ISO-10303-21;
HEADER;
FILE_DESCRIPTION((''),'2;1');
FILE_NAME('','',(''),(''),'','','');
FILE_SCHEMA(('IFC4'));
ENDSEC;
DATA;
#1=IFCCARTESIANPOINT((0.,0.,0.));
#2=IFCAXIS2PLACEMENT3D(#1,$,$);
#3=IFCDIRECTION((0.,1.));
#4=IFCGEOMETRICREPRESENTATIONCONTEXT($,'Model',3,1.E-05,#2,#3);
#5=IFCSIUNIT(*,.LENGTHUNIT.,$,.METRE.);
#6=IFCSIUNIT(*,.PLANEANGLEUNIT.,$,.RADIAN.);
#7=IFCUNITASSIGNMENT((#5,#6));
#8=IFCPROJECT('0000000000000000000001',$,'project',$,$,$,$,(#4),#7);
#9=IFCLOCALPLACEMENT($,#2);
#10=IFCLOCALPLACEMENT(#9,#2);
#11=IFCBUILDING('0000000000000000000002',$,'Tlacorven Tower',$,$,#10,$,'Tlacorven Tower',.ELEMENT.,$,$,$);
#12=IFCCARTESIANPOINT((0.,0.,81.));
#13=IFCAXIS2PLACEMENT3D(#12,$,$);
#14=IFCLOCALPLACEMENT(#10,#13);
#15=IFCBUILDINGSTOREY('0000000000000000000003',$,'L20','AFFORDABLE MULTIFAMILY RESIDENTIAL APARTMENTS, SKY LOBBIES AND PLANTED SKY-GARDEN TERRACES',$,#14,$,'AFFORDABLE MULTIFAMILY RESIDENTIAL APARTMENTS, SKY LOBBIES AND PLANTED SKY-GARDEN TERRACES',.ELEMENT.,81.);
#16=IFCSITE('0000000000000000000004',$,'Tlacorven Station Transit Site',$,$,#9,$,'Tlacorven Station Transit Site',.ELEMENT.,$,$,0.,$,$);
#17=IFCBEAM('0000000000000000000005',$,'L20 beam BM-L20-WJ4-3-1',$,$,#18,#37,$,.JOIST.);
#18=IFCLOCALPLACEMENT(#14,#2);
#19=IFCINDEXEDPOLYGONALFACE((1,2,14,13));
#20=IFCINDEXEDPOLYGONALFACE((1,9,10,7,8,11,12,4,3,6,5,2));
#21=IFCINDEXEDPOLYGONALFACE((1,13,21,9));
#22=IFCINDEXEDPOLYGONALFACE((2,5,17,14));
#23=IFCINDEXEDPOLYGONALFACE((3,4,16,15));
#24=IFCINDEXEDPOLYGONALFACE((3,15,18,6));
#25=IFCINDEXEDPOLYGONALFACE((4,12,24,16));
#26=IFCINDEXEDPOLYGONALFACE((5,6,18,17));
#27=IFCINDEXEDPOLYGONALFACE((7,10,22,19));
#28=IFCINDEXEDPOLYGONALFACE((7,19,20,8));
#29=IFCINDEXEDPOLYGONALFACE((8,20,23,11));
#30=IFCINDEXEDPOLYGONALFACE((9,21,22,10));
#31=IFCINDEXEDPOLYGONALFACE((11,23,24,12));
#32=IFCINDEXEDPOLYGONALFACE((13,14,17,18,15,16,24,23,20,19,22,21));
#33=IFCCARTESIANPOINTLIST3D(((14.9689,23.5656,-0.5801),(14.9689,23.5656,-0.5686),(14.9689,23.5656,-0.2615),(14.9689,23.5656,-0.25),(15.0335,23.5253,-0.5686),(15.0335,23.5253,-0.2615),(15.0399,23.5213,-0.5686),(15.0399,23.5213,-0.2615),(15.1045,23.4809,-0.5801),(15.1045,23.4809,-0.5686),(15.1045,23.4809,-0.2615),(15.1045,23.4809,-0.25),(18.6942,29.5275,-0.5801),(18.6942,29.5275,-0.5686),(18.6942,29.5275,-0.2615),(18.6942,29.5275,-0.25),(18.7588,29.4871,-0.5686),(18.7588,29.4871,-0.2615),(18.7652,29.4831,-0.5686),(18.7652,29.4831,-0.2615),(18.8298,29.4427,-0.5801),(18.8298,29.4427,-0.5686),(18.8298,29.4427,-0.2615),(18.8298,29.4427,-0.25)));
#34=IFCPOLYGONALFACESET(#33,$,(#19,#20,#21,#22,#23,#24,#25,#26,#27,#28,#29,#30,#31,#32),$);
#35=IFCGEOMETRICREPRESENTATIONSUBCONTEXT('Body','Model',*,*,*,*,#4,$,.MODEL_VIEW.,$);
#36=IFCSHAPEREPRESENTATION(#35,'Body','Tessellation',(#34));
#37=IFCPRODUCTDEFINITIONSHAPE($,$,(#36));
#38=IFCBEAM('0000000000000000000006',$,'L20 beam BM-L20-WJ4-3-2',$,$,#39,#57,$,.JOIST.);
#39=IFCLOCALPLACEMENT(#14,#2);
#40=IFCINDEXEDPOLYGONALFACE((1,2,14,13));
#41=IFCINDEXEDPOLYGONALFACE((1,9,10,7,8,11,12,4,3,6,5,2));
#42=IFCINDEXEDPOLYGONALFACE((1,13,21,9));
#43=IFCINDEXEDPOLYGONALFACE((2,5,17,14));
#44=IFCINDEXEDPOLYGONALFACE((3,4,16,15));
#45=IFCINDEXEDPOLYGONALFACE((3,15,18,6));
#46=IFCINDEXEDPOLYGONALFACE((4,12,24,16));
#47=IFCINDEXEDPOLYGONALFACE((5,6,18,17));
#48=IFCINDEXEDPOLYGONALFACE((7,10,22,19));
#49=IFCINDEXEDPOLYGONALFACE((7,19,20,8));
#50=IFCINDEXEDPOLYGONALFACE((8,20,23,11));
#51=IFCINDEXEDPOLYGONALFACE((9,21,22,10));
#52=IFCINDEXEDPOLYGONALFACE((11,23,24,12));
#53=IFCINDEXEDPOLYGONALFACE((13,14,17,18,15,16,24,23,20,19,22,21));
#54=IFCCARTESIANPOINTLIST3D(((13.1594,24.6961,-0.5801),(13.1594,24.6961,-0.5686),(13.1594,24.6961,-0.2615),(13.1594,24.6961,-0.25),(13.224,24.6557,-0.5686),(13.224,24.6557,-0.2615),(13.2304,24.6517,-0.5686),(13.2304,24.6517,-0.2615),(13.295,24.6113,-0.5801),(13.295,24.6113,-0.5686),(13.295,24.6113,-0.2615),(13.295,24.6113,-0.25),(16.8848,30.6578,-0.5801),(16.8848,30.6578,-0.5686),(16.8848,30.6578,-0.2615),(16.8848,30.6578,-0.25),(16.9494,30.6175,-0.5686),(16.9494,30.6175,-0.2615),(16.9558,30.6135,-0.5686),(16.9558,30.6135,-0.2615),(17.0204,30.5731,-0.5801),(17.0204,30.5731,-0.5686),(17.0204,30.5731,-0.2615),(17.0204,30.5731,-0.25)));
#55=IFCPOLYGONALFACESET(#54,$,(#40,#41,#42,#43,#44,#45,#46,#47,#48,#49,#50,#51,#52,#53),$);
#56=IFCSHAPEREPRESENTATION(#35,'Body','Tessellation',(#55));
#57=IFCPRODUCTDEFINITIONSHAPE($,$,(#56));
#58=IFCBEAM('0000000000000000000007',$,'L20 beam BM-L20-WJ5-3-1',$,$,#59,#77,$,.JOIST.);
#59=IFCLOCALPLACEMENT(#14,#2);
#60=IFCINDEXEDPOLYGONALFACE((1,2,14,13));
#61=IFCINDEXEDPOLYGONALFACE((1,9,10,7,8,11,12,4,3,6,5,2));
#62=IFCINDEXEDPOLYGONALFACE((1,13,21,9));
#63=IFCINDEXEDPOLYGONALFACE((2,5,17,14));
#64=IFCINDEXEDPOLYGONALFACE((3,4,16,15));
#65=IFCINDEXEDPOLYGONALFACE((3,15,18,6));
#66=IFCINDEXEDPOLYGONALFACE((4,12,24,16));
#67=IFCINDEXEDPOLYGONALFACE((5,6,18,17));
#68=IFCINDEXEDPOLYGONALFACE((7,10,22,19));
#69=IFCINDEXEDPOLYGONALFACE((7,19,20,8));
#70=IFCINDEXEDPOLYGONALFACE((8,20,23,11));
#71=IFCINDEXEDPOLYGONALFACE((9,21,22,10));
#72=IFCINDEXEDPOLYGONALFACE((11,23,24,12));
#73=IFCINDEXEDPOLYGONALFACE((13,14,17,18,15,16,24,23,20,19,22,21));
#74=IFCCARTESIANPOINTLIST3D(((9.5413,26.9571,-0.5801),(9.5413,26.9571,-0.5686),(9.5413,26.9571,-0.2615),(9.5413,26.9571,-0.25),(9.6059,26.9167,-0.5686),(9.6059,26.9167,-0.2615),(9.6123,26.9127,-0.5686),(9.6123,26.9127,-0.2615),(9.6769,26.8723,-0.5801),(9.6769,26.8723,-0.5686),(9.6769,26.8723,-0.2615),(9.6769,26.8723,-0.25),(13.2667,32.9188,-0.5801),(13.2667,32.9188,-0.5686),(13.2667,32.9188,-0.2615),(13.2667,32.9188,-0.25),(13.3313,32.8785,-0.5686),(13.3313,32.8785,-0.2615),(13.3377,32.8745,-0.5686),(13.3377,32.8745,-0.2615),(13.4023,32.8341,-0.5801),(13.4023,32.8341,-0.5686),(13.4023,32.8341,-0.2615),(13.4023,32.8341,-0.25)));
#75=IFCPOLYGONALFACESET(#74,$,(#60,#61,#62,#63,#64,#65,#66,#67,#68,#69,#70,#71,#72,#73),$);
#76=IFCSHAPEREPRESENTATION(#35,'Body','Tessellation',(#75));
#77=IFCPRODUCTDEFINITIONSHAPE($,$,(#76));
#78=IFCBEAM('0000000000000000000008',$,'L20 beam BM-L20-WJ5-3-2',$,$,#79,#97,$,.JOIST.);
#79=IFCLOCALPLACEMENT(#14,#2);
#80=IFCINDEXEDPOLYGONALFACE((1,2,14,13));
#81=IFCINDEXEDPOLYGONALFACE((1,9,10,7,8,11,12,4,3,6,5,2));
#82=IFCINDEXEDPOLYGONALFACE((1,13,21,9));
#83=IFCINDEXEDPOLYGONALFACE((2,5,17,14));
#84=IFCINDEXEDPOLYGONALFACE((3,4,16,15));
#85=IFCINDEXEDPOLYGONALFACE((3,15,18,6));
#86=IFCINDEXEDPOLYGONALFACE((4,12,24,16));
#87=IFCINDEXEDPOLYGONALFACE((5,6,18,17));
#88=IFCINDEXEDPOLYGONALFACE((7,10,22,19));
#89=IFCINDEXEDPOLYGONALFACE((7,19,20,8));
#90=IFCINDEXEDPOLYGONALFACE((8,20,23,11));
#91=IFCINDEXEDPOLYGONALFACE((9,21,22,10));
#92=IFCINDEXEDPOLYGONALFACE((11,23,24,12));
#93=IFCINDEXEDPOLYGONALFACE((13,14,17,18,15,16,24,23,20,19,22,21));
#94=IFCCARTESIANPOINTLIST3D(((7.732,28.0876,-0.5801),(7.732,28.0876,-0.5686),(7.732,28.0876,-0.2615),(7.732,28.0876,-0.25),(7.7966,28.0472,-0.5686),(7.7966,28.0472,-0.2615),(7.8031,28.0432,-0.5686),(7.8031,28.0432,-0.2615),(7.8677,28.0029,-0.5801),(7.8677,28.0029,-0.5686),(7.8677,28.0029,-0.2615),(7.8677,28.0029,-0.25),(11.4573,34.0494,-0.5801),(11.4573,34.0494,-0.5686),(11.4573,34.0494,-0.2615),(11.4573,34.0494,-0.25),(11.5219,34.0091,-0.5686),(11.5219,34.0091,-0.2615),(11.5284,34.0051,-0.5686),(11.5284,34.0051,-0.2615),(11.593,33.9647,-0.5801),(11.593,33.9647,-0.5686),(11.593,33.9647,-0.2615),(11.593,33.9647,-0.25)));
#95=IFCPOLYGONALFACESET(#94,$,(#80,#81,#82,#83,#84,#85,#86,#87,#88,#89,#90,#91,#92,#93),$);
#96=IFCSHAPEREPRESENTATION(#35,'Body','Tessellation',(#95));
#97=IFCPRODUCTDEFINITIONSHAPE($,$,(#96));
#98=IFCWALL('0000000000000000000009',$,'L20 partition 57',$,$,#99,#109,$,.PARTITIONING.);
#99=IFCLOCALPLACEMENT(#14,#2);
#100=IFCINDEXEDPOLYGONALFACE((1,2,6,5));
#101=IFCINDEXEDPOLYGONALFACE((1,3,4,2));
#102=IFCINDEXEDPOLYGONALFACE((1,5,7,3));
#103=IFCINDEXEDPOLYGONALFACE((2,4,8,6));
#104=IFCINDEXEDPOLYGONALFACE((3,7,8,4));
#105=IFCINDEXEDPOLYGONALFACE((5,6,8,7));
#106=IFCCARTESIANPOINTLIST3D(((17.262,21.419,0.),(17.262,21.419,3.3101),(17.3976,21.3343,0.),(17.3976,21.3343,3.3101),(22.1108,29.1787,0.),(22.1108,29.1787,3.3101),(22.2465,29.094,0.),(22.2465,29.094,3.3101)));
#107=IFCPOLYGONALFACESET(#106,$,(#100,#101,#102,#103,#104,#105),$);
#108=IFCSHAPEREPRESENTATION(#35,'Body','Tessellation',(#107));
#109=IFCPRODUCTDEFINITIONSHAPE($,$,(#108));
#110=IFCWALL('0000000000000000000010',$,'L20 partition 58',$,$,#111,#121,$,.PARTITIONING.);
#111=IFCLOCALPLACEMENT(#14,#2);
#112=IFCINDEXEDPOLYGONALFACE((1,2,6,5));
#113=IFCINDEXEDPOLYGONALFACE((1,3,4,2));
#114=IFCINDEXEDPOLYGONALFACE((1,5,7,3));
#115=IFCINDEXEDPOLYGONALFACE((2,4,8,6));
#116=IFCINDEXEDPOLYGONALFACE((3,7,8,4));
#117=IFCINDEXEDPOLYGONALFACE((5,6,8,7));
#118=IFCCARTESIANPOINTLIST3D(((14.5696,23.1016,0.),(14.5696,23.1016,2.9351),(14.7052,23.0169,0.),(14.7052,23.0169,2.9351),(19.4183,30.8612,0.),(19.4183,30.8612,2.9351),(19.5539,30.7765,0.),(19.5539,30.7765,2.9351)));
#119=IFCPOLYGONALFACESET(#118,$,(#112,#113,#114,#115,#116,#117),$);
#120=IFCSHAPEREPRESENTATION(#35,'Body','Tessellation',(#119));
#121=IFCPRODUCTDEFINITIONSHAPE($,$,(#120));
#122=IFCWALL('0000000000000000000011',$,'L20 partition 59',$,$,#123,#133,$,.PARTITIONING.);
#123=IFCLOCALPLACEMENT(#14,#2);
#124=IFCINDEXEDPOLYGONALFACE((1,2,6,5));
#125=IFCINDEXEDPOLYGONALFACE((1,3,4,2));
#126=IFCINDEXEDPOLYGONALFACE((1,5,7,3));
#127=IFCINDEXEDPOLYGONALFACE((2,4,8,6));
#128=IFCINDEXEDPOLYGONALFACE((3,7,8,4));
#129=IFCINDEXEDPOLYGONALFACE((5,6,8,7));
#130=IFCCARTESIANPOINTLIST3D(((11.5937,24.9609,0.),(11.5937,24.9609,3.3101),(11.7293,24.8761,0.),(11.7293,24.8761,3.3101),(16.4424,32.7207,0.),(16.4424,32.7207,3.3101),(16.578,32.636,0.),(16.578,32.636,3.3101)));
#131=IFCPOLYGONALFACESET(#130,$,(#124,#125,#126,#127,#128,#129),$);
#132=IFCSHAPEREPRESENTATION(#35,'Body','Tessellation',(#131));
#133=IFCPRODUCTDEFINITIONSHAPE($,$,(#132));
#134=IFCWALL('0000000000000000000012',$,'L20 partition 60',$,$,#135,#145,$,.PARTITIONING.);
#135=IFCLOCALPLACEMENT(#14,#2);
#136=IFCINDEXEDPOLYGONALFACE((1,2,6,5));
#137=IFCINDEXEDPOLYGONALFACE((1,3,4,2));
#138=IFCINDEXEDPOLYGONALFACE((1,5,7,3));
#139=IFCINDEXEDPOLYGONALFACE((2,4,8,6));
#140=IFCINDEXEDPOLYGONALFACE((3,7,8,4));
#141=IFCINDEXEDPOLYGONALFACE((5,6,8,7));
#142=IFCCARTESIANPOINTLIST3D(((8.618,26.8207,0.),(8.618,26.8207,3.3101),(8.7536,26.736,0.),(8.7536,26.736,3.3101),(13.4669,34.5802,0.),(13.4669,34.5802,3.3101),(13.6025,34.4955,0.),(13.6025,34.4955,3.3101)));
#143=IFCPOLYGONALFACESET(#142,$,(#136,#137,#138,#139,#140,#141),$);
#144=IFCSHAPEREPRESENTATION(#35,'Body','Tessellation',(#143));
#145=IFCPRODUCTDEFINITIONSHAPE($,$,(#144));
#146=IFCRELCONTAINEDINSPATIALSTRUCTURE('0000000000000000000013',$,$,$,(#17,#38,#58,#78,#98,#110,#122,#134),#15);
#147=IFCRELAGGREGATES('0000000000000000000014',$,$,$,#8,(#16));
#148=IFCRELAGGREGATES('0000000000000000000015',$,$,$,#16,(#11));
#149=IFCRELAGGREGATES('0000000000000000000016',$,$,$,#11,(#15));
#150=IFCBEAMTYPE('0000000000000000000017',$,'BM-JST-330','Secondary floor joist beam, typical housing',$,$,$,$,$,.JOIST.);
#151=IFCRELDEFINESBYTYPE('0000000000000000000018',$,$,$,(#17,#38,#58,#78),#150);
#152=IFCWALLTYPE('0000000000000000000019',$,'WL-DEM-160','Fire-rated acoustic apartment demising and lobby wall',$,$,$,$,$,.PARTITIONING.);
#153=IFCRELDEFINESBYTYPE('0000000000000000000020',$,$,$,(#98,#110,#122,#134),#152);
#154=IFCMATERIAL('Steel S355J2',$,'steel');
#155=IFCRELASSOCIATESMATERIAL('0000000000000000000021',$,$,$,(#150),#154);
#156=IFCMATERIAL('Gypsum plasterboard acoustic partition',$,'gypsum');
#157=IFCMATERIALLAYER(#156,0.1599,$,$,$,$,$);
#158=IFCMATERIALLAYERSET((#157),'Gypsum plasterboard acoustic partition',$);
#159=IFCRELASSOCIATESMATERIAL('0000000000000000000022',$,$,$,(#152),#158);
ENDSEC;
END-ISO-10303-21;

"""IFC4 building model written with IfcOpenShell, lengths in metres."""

from ifc_helpers import new_model, si_unit, direction, frame, frame_2d, origin, origin_2d, place, context, subcontext, project, spatial, rectangle, i_section, extrude, source, transform, mapped, material, layer, layer_set, material_profile, profile_set, type_object, element, save


model = new_model("IFC4")

# Units and contexts
model_context = context("Model", 3, precision=1e-05, world=origin(), true_north=direction((0.0, 1.0)))
body_context = subcontext(model_context, "Body", "Model", "MODEL_VIEW")
ifc_project = project(units=[si_unit("LENGTHUNIT", "METRE"), si_unit("PLANEANGLEUNIT", "RADIAN")], contexts=[model_context])

# Site, building, storey
site_placement = place(None, origin())
site = spatial("IfcSite", under=ifc_project, at=site_placement, Name="Tlacorven Station Transit Site", LongName="Tlacorven Station Transit Site", CompositionType="ELEMENT", RefElevation=0.0)
building_placement = place(site_placement, origin())
building = spatial("IfcBuilding", under=site, at=building_placement, Name="Tlacorven Tower", LongName="Tlacorven Tower", CompositionType="ELEMENT")
storey_placement = place(building_placement, frame((0.0, 0.0, 81.0)))
storey = spatial("IfcBuildingStorey", under=building, at=storey_placement, Name="L20", Description="AFFORDABLE MULTIFAMILY RESIDENTIAL APARTMENTS, SKY LOBBIES AND PLANTED SKY-GARDEN TERRACES", LongName="AFFORDABLE MULTIFAMILY RESIDENTIAL APARTMENTS, SKY LOBBIES AND PLANTED SKY-GARDEN TERRACES", CompositionType="ELEMENT", Elevation=81.0)

# Beams
ifc_material_1 = material(Name="Steel S355J2", Category="steel")
ifc_material_profile_1 = material_profile(ifc_material_1, i_section(OverallWidth=0.1599, OverallDepth=0.3301, WebThickness=0.0076, FlangeThickness=0.0115, at=origin_2d()), Name="IPE 330")
ifc_profile_set_1 = profile_set([ifc_material_profile_1], Name="Steel S355J2")
beam_type_1 = type_object("IfcBeamType", Name="BM-JST-330", Description="Secondary floor joist beam, typical housing", PredefinedType="JOIST", material=ifc_profile_set_1)
shared_shape_1 = source(origin(), body_context, "Body", "SweptSolid", [
    extrude(i_section(OverallWidth=0.1599, OverallDepth=0.3301, WebThickness=0.0076, FlangeThickness=0.0115, at=origin_2d()), origin(), (0.0, 0.0, 1.0), 7.03),
])
for number, where, z_axis, x_axis, name in (
    (1, (18.762, 29.4851, -0.415), (-0.529912, -0.848053, 0.0), (0.848053, -0.529912, 0.0), "L20 beam BM-L20-WJ4-3-1"),
    (2, (16.9526, 30.6155, -0.415), (-0.529927, -0.848043, 0.0), (0.848043, -0.529927, 0.0), "L20 beam BM-L20-WJ4-3-2"),
    (3, (13.3345, 32.8765, -0.415), (-0.529927, -0.848043, 0.0), (0.848043, -0.529927, 0.0), "L20 beam BM-L20-WJ5-3-1"),
    (4, (11.5251, 34.0071, -0.415), (-0.529912, -0.848053, 0.0), (0.848053, -0.529912, 0.0), "L20 beam BM-L20-WJ5-3-2"),
):
    element("IfcBeam", number, at=place(storey_placement, frame(where, z_axis=z_axis, x_axis=x_axis)), inside=storey, type_object=beam_type_1, Name=name, PredefinedType="JOIST", context=body_context, shape_type="MappedRepresentation", body=[
        mapped(shared_shape_1, transform((0.0, 0.0, 0.0), scale=1.0)),
    ])

# Walls
ifc_material_2 = material(Name="Gypsum plasterboard acoustic partition", Category="gypsum")
ifc_layer_1 = layer(ifc_material_2, 0.1599)
ifc_layer_set_1 = layer_set([ifc_layer_1], Name="Gypsum plasterboard acoustic partition")
wall_type_1 = type_object("IfcWallType", Name="WL-DEM-160", Description="Fire-rated acoustic apartment demising and lobby wall", PredefinedType="PARTITIONING", material=ifc_layer_set_1)
wall_1_placement = place(storey_placement, frame((22.1787, 29.1365, 0.0), z_axis=(0.0, 0.0, 1.0), x_axis=(-0.529922, -0.848046, 0.0)))
element("IfcWall", 5, at=wall_1_placement, inside=storey, type_object=wall_type_1, Name="L20 partition 57", PredefinedType="PARTITIONING", context=body_context, shape_type="SweptSolid", body=[
    extrude(rectangle(XDim=9.1501, YDim=0.1599, at=frame_2d((4.5752, 0.0))), origin(), (0.0, 0.0, 1.0), 3.3101),
])
wall_2_placement = place(storey_placement, frame((19.4861, 30.8188, 0.0), z_axis=(0.0, 0.0, 1.0), x_axis=(-0.529915, -0.848051, 0.0)))
element("IfcWall", 6, at=wall_2_placement, inside=storey, type_object=wall_type_1, Name="L20 partition 58", PredefinedType="PARTITIONING", context=body_context, shape_type="SweptSolid", body=[
    extrude(rectangle(XDim=9.1499, YDim=0.1599, at=frame_2d((4.575, 0.0))), origin(), (0.0, 0.0, 1.0), 2.9351),
])
wall_3_placement = place(storey_placement, frame((16.5103, 32.6785, 0.0), z_axis=(0.0, 0.0, 1.0), x_axis=(-0.529903, -0.848058, 0.0)))
element("IfcWall", 7, at=wall_3_placement, inside=storey, type_object=wall_type_1, Name="L20 partition 59", PredefinedType="PARTITIONING", context=body_context, shape_type="SweptSolid", body=[
    extrude(rectangle(XDim=9.1501, YDim=0.1599, at=frame_2d((4.5752, 0.0))), origin(), (0.0, 0.0, 1.0), 3.3101),
])
wall_4_placement = place(storey_placement, frame((13.5347, 34.5378, 0.0), z_axis=(0.0, 0.0, 1.0), x_axis=(-0.529934, -0.848039, 0.0)))
element("IfcWall", 8, at=wall_4_placement, inside=storey, type_object=wall_type_1, Name="L20 partition 60", PredefinedType="PARTITIONING", context=body_context, shape_type="SweptSolid", body=[
    extrude(rectangle(XDim=9.1499, YDim=0.1599, at=frame_2d((4.575, 0.0))), origin(), (0.0, 0.0, 1.0), 3.3101),
])

save(model, "model.ifc")
